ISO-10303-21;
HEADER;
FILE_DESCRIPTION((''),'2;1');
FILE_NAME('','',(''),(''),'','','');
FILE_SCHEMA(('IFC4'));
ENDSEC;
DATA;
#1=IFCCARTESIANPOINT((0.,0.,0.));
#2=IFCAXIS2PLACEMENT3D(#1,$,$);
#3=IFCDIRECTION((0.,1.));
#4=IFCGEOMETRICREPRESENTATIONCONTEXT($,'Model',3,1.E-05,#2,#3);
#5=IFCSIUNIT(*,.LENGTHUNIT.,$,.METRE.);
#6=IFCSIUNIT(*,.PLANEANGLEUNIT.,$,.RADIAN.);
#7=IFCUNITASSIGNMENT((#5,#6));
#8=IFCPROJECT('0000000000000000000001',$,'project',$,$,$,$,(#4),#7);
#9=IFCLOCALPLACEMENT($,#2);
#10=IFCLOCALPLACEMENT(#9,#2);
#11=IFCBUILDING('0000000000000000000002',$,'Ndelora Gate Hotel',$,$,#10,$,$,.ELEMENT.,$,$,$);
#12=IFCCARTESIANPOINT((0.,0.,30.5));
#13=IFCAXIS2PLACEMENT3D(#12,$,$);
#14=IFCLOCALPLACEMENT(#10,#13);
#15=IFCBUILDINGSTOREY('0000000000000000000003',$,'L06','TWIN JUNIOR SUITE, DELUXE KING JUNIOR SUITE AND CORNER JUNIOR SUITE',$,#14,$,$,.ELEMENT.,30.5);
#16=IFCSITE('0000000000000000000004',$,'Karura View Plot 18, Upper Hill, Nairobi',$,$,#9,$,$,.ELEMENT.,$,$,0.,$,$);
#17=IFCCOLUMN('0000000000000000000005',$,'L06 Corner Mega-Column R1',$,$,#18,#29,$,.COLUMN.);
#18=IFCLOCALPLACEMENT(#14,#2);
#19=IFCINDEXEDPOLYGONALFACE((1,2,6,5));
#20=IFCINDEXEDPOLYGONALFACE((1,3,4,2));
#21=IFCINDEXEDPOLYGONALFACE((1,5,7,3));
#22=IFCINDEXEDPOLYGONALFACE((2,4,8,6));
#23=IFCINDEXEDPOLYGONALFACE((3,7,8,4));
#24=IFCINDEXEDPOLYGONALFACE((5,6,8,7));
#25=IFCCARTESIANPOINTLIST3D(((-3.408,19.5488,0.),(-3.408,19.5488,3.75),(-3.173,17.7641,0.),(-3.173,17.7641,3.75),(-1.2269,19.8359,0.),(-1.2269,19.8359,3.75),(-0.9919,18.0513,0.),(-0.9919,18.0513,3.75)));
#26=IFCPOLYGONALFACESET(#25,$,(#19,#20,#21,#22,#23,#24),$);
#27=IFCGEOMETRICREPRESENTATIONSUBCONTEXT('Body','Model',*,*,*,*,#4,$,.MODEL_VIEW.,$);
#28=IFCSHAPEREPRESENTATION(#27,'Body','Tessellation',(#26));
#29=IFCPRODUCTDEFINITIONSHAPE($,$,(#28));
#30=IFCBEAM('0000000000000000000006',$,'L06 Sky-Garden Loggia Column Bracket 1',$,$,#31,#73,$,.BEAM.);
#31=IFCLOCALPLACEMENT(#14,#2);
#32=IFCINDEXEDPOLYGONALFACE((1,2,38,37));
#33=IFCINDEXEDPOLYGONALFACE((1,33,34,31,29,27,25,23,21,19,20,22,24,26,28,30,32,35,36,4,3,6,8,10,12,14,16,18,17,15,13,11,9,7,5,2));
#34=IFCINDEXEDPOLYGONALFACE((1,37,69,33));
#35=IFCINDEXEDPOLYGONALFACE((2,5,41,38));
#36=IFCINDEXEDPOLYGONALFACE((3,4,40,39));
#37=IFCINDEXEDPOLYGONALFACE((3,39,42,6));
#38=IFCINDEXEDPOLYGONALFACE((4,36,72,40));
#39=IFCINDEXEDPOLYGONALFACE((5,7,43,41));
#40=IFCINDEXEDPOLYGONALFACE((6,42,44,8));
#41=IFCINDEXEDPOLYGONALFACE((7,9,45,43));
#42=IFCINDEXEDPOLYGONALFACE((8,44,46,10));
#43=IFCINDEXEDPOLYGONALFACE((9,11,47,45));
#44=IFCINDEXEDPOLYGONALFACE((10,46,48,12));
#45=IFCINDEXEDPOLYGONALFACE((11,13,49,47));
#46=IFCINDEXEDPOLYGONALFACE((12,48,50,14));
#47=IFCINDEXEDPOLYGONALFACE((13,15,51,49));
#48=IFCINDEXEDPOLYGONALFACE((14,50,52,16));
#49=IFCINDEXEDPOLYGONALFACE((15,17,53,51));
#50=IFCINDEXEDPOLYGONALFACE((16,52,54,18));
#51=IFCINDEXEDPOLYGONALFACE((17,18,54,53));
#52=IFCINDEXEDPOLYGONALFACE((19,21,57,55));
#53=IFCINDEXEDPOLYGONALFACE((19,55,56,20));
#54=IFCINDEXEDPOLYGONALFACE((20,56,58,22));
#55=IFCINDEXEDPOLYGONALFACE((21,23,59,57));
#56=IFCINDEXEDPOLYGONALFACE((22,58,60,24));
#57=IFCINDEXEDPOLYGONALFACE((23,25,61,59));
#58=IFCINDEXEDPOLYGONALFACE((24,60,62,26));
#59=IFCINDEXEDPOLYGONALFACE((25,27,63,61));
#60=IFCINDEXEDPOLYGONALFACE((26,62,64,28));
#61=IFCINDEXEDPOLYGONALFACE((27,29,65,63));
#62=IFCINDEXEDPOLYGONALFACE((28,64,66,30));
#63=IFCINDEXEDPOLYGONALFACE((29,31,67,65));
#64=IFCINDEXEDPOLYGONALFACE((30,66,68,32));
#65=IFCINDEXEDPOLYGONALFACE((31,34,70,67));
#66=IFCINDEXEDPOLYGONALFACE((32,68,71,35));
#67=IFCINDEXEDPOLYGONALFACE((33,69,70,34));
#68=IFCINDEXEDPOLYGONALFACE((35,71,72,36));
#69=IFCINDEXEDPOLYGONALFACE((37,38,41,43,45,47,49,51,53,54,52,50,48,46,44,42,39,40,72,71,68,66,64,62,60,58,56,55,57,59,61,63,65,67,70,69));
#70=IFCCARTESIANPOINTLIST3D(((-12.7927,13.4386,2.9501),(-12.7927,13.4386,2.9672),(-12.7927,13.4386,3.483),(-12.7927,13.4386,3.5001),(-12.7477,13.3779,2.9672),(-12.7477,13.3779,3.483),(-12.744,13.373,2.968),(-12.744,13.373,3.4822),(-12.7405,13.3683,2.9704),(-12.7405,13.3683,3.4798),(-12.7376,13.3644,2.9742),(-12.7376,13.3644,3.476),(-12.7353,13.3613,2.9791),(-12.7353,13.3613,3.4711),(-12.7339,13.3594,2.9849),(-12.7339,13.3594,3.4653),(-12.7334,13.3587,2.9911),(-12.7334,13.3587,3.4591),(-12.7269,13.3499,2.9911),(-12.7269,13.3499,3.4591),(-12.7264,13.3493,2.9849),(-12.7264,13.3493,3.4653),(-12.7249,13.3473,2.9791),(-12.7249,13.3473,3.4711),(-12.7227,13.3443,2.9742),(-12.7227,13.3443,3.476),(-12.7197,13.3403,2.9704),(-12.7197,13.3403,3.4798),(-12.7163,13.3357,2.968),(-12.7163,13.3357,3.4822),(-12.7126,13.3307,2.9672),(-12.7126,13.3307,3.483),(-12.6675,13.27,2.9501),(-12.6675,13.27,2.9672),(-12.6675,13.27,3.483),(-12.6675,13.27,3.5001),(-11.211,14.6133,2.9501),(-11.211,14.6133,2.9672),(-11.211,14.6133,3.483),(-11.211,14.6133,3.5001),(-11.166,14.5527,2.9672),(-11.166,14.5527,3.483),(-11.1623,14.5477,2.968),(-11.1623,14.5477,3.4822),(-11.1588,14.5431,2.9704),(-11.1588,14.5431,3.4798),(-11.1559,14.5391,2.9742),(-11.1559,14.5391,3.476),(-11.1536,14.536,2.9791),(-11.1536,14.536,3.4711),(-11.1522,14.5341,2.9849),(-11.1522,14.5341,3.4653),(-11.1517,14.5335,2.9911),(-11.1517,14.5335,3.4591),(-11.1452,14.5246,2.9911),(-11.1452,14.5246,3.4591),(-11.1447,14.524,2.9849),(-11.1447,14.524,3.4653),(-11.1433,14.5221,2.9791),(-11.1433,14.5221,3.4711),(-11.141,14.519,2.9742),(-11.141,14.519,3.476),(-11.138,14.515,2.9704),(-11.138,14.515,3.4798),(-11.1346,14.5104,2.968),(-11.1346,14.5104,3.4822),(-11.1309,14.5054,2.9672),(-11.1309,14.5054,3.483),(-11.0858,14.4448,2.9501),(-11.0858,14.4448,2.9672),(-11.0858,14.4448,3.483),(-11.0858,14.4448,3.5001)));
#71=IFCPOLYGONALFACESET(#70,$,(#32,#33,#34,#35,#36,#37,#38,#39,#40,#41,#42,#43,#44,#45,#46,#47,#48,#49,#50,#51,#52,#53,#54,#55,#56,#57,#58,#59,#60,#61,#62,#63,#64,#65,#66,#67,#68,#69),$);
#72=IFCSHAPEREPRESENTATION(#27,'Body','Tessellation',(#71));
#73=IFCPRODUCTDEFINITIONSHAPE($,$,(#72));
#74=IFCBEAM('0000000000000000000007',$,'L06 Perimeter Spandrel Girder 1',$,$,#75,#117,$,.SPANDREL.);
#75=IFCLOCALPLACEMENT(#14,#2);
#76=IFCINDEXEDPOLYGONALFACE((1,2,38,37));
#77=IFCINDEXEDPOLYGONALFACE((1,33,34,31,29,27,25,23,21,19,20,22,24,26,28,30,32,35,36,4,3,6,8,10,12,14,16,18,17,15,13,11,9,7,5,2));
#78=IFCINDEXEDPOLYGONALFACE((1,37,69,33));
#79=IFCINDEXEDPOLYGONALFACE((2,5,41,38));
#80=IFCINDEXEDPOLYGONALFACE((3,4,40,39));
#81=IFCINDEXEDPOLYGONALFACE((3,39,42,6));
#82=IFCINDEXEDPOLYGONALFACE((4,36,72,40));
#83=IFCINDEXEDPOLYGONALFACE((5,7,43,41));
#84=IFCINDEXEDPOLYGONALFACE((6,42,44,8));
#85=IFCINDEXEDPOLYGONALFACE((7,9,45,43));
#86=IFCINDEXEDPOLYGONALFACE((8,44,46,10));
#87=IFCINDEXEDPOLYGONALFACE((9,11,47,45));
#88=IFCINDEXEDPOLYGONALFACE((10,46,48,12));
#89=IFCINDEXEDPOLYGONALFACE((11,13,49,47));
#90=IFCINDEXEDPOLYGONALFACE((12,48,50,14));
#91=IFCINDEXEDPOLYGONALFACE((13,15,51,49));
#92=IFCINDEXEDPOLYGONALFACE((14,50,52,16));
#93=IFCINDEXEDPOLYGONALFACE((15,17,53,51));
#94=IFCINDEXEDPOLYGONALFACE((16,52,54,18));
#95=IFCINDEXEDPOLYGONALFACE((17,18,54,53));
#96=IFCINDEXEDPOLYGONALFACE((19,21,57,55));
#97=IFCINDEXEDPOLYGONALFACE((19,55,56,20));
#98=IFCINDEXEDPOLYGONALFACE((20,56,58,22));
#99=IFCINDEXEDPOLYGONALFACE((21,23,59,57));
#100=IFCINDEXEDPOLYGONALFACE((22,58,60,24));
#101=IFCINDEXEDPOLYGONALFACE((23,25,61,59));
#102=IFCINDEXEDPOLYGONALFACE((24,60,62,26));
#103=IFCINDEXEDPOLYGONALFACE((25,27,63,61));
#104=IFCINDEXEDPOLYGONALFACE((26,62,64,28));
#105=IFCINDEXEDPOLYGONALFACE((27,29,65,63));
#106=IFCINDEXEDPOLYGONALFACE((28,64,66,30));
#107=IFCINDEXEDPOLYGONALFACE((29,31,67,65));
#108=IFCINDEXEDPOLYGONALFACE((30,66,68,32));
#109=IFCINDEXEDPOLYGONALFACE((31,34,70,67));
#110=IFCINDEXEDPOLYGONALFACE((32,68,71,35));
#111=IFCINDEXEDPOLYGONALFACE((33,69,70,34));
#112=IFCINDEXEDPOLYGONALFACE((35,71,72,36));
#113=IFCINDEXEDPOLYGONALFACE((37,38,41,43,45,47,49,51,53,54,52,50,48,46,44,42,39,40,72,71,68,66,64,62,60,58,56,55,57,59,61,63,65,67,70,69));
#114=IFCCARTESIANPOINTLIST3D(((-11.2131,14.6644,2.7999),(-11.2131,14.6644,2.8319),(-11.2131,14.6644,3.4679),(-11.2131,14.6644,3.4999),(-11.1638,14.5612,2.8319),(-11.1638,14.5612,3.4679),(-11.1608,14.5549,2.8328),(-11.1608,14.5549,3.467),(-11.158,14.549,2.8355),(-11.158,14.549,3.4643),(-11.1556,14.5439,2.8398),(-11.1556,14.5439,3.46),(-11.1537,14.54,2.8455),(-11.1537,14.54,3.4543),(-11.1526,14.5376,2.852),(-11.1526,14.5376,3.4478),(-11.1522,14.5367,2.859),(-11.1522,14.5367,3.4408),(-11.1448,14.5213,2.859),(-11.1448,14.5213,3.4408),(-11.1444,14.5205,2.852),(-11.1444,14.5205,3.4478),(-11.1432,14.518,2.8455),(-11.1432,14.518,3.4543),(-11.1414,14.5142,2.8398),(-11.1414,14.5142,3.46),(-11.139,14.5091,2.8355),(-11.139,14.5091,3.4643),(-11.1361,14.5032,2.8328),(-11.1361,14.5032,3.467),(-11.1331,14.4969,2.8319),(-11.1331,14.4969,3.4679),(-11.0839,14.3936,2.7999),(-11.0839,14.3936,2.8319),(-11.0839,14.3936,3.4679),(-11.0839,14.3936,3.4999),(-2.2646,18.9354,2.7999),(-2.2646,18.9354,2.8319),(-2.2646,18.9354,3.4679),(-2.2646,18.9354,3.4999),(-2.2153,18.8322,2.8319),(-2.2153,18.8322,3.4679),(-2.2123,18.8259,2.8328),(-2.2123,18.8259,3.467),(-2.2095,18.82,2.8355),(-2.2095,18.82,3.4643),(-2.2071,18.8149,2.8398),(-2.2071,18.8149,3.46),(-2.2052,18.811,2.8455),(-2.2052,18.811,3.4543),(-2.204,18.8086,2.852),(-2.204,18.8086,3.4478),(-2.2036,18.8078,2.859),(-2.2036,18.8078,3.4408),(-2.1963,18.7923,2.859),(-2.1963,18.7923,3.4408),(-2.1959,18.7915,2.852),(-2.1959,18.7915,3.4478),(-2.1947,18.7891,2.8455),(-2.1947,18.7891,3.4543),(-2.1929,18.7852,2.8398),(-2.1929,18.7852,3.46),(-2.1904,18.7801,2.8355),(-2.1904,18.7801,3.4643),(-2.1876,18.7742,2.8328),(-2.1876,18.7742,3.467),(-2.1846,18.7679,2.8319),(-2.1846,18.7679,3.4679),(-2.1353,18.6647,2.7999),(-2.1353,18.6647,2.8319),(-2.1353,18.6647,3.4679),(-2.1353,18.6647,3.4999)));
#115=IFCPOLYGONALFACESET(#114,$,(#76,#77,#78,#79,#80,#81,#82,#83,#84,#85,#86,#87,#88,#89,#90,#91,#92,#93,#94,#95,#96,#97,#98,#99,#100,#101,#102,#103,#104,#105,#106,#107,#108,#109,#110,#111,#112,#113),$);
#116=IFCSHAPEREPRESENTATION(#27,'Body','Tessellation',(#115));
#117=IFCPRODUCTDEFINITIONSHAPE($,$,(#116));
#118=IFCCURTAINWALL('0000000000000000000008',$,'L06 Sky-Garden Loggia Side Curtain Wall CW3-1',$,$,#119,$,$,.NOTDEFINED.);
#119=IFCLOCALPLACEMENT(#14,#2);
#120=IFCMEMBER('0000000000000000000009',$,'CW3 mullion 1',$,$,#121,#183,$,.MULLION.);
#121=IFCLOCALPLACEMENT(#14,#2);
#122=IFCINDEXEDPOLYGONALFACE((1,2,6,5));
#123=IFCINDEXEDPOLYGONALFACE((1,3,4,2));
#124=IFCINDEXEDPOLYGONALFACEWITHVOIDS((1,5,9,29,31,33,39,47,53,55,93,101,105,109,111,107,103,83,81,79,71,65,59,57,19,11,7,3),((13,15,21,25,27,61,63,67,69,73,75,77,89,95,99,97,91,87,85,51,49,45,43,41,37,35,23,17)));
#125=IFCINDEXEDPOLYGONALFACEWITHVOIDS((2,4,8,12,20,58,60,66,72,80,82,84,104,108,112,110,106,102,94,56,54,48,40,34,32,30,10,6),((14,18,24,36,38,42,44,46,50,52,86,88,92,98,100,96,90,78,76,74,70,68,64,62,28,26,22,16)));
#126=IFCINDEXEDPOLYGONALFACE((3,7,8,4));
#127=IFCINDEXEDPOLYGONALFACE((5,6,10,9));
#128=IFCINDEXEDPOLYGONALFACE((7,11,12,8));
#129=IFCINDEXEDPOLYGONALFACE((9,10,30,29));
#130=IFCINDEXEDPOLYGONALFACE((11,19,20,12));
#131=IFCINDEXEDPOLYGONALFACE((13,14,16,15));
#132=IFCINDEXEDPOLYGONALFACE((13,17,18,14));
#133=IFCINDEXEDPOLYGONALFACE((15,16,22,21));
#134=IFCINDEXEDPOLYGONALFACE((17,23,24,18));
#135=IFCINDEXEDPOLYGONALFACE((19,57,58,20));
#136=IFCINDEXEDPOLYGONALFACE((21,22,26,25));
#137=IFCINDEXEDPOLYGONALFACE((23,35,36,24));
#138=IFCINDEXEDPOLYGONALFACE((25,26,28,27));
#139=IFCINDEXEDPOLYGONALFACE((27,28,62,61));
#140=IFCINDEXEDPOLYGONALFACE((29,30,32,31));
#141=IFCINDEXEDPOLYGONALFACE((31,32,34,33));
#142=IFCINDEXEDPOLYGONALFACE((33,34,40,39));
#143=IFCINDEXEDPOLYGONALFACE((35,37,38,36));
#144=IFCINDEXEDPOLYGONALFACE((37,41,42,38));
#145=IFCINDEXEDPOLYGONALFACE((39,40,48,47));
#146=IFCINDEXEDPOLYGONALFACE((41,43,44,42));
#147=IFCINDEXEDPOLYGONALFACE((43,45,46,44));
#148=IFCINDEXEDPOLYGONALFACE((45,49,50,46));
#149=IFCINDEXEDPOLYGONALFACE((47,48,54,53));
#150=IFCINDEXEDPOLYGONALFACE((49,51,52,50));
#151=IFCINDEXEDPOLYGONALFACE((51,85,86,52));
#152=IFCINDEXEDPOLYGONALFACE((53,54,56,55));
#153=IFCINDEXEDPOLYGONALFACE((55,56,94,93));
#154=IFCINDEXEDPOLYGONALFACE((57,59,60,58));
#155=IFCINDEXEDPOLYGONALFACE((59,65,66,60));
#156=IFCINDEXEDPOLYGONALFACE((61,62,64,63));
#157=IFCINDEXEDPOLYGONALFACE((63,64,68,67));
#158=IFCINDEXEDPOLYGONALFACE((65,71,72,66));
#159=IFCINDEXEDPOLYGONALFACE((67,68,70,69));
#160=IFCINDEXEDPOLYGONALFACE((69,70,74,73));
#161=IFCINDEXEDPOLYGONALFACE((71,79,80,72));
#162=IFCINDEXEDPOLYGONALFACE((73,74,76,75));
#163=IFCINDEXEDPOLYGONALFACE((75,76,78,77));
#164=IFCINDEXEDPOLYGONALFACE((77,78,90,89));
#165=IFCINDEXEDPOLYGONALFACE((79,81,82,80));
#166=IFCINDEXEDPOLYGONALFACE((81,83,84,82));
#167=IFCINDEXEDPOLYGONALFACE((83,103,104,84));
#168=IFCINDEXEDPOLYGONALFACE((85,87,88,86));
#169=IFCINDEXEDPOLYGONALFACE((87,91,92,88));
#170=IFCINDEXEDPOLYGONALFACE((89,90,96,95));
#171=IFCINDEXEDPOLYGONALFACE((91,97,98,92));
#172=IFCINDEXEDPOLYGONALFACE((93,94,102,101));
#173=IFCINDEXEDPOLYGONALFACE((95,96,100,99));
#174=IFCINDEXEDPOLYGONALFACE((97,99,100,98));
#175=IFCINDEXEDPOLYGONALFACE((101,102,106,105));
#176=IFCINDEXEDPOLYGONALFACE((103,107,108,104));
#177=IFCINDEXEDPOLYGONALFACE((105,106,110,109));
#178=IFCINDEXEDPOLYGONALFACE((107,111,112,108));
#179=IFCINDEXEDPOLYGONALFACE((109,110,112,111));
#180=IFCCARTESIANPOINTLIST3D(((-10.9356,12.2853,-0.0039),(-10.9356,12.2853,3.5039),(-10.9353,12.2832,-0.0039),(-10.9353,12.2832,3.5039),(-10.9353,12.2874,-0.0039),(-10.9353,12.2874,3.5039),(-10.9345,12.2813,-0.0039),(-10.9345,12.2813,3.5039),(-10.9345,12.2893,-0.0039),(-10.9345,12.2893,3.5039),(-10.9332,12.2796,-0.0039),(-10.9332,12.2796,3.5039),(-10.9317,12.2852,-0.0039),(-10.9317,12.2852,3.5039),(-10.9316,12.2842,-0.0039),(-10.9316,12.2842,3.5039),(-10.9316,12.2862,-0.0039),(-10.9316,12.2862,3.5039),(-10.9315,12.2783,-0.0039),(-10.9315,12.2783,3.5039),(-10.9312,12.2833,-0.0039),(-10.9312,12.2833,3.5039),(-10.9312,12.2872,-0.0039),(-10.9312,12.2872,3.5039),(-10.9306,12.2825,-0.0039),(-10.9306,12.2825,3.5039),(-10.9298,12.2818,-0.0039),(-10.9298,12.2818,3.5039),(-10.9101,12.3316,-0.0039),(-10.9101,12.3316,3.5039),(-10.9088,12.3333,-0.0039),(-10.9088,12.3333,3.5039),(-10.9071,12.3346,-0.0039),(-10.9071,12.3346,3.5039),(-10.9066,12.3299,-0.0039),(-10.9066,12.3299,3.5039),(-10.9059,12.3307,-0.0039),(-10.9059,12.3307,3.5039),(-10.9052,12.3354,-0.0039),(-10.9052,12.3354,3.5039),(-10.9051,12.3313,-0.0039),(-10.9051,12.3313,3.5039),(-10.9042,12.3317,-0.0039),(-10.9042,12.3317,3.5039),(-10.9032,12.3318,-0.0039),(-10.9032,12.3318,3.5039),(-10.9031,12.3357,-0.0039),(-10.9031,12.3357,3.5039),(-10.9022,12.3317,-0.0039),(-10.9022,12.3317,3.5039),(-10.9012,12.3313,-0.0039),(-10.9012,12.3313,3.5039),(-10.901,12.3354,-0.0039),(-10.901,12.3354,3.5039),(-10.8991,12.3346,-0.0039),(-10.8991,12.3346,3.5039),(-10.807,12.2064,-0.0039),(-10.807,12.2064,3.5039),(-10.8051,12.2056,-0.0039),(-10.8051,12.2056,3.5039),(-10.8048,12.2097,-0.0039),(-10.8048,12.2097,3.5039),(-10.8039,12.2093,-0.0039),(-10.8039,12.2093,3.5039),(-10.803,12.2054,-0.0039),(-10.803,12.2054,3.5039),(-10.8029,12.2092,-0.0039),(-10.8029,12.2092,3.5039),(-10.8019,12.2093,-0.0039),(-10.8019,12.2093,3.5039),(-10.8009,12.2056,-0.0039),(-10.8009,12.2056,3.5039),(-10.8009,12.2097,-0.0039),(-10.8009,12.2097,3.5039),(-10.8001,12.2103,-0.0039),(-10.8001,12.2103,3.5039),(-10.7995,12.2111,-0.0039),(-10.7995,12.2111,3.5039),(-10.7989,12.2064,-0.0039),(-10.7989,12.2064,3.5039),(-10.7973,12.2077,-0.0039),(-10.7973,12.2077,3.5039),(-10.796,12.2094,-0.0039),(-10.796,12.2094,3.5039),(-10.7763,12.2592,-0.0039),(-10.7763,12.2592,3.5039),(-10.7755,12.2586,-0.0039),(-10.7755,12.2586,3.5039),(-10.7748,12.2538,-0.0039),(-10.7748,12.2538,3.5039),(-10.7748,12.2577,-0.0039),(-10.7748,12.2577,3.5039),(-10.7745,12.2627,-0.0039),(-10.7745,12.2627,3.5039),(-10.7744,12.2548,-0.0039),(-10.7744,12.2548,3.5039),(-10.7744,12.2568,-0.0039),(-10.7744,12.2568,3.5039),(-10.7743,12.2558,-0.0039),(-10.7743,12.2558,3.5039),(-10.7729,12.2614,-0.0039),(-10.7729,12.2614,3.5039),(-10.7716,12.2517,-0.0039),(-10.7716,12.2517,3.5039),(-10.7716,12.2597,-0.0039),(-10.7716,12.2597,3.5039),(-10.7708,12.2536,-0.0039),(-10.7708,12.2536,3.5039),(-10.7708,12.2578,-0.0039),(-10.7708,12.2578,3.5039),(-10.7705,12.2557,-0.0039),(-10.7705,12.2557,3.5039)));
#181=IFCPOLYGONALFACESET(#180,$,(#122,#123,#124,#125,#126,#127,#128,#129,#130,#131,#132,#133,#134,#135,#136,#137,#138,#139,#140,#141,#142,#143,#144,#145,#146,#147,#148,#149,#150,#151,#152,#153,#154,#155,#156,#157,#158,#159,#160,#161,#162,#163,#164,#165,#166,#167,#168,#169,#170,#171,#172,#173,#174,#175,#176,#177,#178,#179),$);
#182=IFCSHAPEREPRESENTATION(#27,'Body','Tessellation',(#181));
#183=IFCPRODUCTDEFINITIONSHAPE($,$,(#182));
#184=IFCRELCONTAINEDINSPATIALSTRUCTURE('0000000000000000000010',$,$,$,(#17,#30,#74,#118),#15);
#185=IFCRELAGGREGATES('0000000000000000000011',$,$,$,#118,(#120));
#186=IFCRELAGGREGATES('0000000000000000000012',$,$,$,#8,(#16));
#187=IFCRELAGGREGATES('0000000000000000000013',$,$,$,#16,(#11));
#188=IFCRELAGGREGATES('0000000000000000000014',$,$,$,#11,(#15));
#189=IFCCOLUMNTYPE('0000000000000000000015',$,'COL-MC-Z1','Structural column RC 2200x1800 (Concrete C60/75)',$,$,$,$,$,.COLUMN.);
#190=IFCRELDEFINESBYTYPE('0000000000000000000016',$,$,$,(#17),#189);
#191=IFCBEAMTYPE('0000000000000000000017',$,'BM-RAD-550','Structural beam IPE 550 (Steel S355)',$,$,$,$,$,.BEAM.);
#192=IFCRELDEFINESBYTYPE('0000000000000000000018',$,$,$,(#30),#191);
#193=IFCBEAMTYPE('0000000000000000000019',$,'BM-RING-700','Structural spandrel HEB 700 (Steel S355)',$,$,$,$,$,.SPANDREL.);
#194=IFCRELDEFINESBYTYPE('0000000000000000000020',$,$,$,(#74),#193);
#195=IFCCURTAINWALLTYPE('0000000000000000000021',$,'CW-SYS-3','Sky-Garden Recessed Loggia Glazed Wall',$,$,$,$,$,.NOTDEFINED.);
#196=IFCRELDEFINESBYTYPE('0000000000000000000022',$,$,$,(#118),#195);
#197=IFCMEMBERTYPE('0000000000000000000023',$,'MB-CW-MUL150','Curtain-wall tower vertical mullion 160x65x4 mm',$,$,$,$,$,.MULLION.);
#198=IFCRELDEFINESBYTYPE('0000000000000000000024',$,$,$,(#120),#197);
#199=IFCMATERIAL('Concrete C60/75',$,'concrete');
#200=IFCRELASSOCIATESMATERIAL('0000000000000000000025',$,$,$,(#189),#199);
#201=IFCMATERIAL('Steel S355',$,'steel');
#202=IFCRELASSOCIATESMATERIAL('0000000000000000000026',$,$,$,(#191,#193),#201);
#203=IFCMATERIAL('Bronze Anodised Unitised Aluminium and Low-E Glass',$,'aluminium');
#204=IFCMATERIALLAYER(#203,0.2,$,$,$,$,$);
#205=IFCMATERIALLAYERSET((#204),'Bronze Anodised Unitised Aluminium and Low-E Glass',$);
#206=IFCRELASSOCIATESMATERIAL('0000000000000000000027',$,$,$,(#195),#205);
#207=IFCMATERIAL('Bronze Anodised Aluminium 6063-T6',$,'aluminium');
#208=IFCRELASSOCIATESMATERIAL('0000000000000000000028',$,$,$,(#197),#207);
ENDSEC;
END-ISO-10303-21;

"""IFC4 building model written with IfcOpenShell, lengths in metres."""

from ifc_helpers import new_model, si_unit, direction, frame, origin, origin_2d, place, context, subcontext, project, spatial, rectangle, hollow_rectangle, i_section, extrude, material, layer, layer_set, material_profile, profile_set, type_object, element, aggregate, save


model = new_model("IFC4")

# Units and contexts
model_context = context("Model", 3, precision=1e-05, world=origin(), true_north=direction((0.0, 1.0)))
body_context = subcontext(model_context, "Body", "Model", "MODEL_VIEW")
ifc_project = project(units=[si_unit("LENGTHUNIT", "METRE"), si_unit("PLANEANGLEUNIT", "RADIAN")], contexts=[model_context])

# Site, building, storey
site_placement = place(None, origin())
site = spatial("IfcSite", under=ifc_project, at=site_placement, Name="Karura View Plot 18, Upper Hill, Nairobi", CompositionType="ELEMENT", RefElevation=0.0)
building_placement = place(site_placement, origin())
building = spatial("IfcBuilding", under=site, at=building_placement, Name="Ndelora Gate Hotel", CompositionType="ELEMENT")
storey_placement = place(building_placement, frame((0.0, 0.0, 30.5)))
storey = spatial("IfcBuildingStorey", under=building, at=storey_placement, Name="L06", Description="TWIN JUNIOR SUITE, DELUXE KING JUNIOR SUITE AND CORNER JUNIOR SUITE", CompositionType="ELEMENT", Elevation=30.5)

# Column
ifc_material_1 = material(Name="Concrete C60/75", Category="concrete")
ifc_material_profile_1 = material_profile(ifc_material_1, rectangle(XDim=1.8, YDim=2.2, at=origin_2d()), Name="RC 2200x1800")
ifc_profile_set_1 = profile_set([ifc_material_profile_1], Name="Concrete C60/75")
column_type = type_object("IfcColumnType", Name="COL-MC-Z1", Description="Structural column RC 2200x1800 (Concrete C60/75)", PredefinedType="COLUMN", material=ifc_profile_set_1)
column_placement = place(storey_placement, frame((-2.2, 18.8, 0.0), z_axis=(0.0, 0.0, 1.0), x_axis=(-0.130526, 0.991445, 0.0)))
element("IfcColumn", 1, at=column_placement, inside=storey, type_object=column_type, Name="L06 Corner Mega-Column R1", PredefinedType="COLUMN", context=body_context, shape_type="SweptSolid", body=[
    extrude(rectangle(XDim=1.8, YDim=2.2, at=origin_2d()), origin(), (0.0, 0.0, 1.0), 3.75),
])

# Beams
ifc_material_2 = material(Name="Steel S355", Category="steel")
ifc_material_profile_2 = material_profile(ifc_material_2, i_section(OverallWidth=0.21, OverallDepth=0.55, WebThickness=0.011, FlangeThickness=0.0171, FilletRadius=0.0239, at=origin_2d()), Name="IPE 550")
ifc_profile_set_2 = profile_set([ifc_material_profile_2], Name="Steel S355")
beam_type_1 = type_object("IfcBeamType", Name="BM-RAD-550", Description="Structural beam IPE 550 (Steel S355)", PredefinedType="BEAM", material=ifc_profile_set_2)
beam_1_placement = place(storey_placement, frame((-11.1484, 14.5291, 3.2251), z_axis=(-0.802801, -0.596246, 0.0), x_axis=(0.596246, -0.802801, 0.0)))
element("IfcBeam", 2, at=beam_1_placement, inside=storey, type_object=beam_type_1, Name="L06 Sky-Garden Loggia Column Bracket 1", PredefinedType="BEAM", context=body_context, shape_type="SweptSolid", body=[
    extrude(i_section(OverallWidth=0.21, OverallDepth=0.55, WebThickness=0.011, FlangeThickness=0.0171, FilletRadius=0.0239, at=origin_2d()), origin(), (0.0, 0.0, 1.0), 1.9702),
])
ifc_material_profile_3 = material_profile(ifc_material_2, i_section(OverallWidth=0.3, OverallDepth=0.7, WebThickness=0.0171, FlangeThickness=0.032, FilletRadius=0.0271, at=origin_2d()), Name="HEB 700")
ifc_profile_set_3 = profile_set([ifc_material_profile_3], Name="Steel S355")
beam_type_2 = type_object("IfcBeamType", Name="BM-RING-700", Description="Structural spandrel HEB 700 (Steel S355)", PredefinedType="SPANDREL", material=ifc_profile_set_3)
beam_2_placement = place(storey_placement, frame((-2.2, 18.8, 3.1499), z_axis=(-0.902476, -0.43074, 0.0), x_axis=(0.43074, -0.902476, 0.0)))
element("IfcBeam", 3, at=beam_2_placement, inside=storey, type_object=beam_type_2, Name="L06 Perimeter Spandrel Girder 1", PredefinedType="SPANDREL", context=body_context, shape_type="SweptSolid", body=[
    extrude(i_section(OverallWidth=0.3, OverallDepth=0.7, WebThickness=0.0171, FlangeThickness=0.032, FilletRadius=0.0271, at=origin_2d()), origin(), (0.0, 0.0, 1.0), 9.9155),
])

# Curtain wall, member
ifc_material_3 = material(Name="Bronze Anodised Unitised Aluminium and Low-E Glass", Category="aluminium")
ifc_layer_1 = layer(ifc_material_3, 0.2)
ifc_layer_set_1 = layer_set([ifc_layer_1], Name="Bronze Anodised Unitised Aluminium and Low-E Glass")
curtain_wall_type = type_object("IfcCurtainWallType", Name="CW-SYS-3", Description="Sky-Garden Recessed Loggia Glazed Wall", PredefinedType="NOTDEFINED", material=ifc_layer_set_1)
curtain_wall_placement = place(storey_placement, origin())
curtain_wall = element("IfcCurtainWall", 4, at=curtain_wall_placement, inside=storey, type_object=curtain_wall_type, Name="L06 Sky-Garden Loggia Side Curtain Wall CW3-1", PredefinedType="NOTDEFINED")
ifc_material_4 = material(Name="Bronze Anodised Aluminium 6063-T6", Category="aluminium")
ifc_material_profile_4 = material_profile(ifc_material_4, hollow_rectangle(XDim=0.0649, YDim=0.1599, WallThickness=0.0039, InnerFilletRadius=0.0039, OuterFilletRadius=0.0081, at=origin_2d()), Name="ALU 160x65x4")
ifc_profile_set_4 = profile_set([ifc_material_profile_4], Name="Bronze Anodised Aluminium 6063-T6")
member_type_1 = type_object("IfcMemberType", Name="MB-CW-MUL150", Description="Curtain-wall tower vertical mullion 160x65x4 mm", PredefinedType="MULLION", material=ifc_profile_set_4)
member_1_placement = place(storey_placement, frame((-10.853, 12.2705, -0.0039), z_axis=(0.0, 0.0, 1.0), x_axis=(-0.499991, -0.86603, 0.0)))
member_1 = element("IfcMember", 5, at=member_1_placement, type_object=member_type_1, Name="CW3 mullion 1", PredefinedType="MULLION", context=body_context, shape_type="SweptSolid", body=[
    extrude(hollow_rectangle(XDim=0.0649, YDim=0.1599, WallThickness=0.0039, InnerFilletRadius=0.0039, OuterFilletRadius=0.0081, at=origin_2d()), origin(), (0.0, 0.0, 1.0), 3.5078),
])
aggregate(curtain_wall, [member_1])

save(model, "model.ifc")
